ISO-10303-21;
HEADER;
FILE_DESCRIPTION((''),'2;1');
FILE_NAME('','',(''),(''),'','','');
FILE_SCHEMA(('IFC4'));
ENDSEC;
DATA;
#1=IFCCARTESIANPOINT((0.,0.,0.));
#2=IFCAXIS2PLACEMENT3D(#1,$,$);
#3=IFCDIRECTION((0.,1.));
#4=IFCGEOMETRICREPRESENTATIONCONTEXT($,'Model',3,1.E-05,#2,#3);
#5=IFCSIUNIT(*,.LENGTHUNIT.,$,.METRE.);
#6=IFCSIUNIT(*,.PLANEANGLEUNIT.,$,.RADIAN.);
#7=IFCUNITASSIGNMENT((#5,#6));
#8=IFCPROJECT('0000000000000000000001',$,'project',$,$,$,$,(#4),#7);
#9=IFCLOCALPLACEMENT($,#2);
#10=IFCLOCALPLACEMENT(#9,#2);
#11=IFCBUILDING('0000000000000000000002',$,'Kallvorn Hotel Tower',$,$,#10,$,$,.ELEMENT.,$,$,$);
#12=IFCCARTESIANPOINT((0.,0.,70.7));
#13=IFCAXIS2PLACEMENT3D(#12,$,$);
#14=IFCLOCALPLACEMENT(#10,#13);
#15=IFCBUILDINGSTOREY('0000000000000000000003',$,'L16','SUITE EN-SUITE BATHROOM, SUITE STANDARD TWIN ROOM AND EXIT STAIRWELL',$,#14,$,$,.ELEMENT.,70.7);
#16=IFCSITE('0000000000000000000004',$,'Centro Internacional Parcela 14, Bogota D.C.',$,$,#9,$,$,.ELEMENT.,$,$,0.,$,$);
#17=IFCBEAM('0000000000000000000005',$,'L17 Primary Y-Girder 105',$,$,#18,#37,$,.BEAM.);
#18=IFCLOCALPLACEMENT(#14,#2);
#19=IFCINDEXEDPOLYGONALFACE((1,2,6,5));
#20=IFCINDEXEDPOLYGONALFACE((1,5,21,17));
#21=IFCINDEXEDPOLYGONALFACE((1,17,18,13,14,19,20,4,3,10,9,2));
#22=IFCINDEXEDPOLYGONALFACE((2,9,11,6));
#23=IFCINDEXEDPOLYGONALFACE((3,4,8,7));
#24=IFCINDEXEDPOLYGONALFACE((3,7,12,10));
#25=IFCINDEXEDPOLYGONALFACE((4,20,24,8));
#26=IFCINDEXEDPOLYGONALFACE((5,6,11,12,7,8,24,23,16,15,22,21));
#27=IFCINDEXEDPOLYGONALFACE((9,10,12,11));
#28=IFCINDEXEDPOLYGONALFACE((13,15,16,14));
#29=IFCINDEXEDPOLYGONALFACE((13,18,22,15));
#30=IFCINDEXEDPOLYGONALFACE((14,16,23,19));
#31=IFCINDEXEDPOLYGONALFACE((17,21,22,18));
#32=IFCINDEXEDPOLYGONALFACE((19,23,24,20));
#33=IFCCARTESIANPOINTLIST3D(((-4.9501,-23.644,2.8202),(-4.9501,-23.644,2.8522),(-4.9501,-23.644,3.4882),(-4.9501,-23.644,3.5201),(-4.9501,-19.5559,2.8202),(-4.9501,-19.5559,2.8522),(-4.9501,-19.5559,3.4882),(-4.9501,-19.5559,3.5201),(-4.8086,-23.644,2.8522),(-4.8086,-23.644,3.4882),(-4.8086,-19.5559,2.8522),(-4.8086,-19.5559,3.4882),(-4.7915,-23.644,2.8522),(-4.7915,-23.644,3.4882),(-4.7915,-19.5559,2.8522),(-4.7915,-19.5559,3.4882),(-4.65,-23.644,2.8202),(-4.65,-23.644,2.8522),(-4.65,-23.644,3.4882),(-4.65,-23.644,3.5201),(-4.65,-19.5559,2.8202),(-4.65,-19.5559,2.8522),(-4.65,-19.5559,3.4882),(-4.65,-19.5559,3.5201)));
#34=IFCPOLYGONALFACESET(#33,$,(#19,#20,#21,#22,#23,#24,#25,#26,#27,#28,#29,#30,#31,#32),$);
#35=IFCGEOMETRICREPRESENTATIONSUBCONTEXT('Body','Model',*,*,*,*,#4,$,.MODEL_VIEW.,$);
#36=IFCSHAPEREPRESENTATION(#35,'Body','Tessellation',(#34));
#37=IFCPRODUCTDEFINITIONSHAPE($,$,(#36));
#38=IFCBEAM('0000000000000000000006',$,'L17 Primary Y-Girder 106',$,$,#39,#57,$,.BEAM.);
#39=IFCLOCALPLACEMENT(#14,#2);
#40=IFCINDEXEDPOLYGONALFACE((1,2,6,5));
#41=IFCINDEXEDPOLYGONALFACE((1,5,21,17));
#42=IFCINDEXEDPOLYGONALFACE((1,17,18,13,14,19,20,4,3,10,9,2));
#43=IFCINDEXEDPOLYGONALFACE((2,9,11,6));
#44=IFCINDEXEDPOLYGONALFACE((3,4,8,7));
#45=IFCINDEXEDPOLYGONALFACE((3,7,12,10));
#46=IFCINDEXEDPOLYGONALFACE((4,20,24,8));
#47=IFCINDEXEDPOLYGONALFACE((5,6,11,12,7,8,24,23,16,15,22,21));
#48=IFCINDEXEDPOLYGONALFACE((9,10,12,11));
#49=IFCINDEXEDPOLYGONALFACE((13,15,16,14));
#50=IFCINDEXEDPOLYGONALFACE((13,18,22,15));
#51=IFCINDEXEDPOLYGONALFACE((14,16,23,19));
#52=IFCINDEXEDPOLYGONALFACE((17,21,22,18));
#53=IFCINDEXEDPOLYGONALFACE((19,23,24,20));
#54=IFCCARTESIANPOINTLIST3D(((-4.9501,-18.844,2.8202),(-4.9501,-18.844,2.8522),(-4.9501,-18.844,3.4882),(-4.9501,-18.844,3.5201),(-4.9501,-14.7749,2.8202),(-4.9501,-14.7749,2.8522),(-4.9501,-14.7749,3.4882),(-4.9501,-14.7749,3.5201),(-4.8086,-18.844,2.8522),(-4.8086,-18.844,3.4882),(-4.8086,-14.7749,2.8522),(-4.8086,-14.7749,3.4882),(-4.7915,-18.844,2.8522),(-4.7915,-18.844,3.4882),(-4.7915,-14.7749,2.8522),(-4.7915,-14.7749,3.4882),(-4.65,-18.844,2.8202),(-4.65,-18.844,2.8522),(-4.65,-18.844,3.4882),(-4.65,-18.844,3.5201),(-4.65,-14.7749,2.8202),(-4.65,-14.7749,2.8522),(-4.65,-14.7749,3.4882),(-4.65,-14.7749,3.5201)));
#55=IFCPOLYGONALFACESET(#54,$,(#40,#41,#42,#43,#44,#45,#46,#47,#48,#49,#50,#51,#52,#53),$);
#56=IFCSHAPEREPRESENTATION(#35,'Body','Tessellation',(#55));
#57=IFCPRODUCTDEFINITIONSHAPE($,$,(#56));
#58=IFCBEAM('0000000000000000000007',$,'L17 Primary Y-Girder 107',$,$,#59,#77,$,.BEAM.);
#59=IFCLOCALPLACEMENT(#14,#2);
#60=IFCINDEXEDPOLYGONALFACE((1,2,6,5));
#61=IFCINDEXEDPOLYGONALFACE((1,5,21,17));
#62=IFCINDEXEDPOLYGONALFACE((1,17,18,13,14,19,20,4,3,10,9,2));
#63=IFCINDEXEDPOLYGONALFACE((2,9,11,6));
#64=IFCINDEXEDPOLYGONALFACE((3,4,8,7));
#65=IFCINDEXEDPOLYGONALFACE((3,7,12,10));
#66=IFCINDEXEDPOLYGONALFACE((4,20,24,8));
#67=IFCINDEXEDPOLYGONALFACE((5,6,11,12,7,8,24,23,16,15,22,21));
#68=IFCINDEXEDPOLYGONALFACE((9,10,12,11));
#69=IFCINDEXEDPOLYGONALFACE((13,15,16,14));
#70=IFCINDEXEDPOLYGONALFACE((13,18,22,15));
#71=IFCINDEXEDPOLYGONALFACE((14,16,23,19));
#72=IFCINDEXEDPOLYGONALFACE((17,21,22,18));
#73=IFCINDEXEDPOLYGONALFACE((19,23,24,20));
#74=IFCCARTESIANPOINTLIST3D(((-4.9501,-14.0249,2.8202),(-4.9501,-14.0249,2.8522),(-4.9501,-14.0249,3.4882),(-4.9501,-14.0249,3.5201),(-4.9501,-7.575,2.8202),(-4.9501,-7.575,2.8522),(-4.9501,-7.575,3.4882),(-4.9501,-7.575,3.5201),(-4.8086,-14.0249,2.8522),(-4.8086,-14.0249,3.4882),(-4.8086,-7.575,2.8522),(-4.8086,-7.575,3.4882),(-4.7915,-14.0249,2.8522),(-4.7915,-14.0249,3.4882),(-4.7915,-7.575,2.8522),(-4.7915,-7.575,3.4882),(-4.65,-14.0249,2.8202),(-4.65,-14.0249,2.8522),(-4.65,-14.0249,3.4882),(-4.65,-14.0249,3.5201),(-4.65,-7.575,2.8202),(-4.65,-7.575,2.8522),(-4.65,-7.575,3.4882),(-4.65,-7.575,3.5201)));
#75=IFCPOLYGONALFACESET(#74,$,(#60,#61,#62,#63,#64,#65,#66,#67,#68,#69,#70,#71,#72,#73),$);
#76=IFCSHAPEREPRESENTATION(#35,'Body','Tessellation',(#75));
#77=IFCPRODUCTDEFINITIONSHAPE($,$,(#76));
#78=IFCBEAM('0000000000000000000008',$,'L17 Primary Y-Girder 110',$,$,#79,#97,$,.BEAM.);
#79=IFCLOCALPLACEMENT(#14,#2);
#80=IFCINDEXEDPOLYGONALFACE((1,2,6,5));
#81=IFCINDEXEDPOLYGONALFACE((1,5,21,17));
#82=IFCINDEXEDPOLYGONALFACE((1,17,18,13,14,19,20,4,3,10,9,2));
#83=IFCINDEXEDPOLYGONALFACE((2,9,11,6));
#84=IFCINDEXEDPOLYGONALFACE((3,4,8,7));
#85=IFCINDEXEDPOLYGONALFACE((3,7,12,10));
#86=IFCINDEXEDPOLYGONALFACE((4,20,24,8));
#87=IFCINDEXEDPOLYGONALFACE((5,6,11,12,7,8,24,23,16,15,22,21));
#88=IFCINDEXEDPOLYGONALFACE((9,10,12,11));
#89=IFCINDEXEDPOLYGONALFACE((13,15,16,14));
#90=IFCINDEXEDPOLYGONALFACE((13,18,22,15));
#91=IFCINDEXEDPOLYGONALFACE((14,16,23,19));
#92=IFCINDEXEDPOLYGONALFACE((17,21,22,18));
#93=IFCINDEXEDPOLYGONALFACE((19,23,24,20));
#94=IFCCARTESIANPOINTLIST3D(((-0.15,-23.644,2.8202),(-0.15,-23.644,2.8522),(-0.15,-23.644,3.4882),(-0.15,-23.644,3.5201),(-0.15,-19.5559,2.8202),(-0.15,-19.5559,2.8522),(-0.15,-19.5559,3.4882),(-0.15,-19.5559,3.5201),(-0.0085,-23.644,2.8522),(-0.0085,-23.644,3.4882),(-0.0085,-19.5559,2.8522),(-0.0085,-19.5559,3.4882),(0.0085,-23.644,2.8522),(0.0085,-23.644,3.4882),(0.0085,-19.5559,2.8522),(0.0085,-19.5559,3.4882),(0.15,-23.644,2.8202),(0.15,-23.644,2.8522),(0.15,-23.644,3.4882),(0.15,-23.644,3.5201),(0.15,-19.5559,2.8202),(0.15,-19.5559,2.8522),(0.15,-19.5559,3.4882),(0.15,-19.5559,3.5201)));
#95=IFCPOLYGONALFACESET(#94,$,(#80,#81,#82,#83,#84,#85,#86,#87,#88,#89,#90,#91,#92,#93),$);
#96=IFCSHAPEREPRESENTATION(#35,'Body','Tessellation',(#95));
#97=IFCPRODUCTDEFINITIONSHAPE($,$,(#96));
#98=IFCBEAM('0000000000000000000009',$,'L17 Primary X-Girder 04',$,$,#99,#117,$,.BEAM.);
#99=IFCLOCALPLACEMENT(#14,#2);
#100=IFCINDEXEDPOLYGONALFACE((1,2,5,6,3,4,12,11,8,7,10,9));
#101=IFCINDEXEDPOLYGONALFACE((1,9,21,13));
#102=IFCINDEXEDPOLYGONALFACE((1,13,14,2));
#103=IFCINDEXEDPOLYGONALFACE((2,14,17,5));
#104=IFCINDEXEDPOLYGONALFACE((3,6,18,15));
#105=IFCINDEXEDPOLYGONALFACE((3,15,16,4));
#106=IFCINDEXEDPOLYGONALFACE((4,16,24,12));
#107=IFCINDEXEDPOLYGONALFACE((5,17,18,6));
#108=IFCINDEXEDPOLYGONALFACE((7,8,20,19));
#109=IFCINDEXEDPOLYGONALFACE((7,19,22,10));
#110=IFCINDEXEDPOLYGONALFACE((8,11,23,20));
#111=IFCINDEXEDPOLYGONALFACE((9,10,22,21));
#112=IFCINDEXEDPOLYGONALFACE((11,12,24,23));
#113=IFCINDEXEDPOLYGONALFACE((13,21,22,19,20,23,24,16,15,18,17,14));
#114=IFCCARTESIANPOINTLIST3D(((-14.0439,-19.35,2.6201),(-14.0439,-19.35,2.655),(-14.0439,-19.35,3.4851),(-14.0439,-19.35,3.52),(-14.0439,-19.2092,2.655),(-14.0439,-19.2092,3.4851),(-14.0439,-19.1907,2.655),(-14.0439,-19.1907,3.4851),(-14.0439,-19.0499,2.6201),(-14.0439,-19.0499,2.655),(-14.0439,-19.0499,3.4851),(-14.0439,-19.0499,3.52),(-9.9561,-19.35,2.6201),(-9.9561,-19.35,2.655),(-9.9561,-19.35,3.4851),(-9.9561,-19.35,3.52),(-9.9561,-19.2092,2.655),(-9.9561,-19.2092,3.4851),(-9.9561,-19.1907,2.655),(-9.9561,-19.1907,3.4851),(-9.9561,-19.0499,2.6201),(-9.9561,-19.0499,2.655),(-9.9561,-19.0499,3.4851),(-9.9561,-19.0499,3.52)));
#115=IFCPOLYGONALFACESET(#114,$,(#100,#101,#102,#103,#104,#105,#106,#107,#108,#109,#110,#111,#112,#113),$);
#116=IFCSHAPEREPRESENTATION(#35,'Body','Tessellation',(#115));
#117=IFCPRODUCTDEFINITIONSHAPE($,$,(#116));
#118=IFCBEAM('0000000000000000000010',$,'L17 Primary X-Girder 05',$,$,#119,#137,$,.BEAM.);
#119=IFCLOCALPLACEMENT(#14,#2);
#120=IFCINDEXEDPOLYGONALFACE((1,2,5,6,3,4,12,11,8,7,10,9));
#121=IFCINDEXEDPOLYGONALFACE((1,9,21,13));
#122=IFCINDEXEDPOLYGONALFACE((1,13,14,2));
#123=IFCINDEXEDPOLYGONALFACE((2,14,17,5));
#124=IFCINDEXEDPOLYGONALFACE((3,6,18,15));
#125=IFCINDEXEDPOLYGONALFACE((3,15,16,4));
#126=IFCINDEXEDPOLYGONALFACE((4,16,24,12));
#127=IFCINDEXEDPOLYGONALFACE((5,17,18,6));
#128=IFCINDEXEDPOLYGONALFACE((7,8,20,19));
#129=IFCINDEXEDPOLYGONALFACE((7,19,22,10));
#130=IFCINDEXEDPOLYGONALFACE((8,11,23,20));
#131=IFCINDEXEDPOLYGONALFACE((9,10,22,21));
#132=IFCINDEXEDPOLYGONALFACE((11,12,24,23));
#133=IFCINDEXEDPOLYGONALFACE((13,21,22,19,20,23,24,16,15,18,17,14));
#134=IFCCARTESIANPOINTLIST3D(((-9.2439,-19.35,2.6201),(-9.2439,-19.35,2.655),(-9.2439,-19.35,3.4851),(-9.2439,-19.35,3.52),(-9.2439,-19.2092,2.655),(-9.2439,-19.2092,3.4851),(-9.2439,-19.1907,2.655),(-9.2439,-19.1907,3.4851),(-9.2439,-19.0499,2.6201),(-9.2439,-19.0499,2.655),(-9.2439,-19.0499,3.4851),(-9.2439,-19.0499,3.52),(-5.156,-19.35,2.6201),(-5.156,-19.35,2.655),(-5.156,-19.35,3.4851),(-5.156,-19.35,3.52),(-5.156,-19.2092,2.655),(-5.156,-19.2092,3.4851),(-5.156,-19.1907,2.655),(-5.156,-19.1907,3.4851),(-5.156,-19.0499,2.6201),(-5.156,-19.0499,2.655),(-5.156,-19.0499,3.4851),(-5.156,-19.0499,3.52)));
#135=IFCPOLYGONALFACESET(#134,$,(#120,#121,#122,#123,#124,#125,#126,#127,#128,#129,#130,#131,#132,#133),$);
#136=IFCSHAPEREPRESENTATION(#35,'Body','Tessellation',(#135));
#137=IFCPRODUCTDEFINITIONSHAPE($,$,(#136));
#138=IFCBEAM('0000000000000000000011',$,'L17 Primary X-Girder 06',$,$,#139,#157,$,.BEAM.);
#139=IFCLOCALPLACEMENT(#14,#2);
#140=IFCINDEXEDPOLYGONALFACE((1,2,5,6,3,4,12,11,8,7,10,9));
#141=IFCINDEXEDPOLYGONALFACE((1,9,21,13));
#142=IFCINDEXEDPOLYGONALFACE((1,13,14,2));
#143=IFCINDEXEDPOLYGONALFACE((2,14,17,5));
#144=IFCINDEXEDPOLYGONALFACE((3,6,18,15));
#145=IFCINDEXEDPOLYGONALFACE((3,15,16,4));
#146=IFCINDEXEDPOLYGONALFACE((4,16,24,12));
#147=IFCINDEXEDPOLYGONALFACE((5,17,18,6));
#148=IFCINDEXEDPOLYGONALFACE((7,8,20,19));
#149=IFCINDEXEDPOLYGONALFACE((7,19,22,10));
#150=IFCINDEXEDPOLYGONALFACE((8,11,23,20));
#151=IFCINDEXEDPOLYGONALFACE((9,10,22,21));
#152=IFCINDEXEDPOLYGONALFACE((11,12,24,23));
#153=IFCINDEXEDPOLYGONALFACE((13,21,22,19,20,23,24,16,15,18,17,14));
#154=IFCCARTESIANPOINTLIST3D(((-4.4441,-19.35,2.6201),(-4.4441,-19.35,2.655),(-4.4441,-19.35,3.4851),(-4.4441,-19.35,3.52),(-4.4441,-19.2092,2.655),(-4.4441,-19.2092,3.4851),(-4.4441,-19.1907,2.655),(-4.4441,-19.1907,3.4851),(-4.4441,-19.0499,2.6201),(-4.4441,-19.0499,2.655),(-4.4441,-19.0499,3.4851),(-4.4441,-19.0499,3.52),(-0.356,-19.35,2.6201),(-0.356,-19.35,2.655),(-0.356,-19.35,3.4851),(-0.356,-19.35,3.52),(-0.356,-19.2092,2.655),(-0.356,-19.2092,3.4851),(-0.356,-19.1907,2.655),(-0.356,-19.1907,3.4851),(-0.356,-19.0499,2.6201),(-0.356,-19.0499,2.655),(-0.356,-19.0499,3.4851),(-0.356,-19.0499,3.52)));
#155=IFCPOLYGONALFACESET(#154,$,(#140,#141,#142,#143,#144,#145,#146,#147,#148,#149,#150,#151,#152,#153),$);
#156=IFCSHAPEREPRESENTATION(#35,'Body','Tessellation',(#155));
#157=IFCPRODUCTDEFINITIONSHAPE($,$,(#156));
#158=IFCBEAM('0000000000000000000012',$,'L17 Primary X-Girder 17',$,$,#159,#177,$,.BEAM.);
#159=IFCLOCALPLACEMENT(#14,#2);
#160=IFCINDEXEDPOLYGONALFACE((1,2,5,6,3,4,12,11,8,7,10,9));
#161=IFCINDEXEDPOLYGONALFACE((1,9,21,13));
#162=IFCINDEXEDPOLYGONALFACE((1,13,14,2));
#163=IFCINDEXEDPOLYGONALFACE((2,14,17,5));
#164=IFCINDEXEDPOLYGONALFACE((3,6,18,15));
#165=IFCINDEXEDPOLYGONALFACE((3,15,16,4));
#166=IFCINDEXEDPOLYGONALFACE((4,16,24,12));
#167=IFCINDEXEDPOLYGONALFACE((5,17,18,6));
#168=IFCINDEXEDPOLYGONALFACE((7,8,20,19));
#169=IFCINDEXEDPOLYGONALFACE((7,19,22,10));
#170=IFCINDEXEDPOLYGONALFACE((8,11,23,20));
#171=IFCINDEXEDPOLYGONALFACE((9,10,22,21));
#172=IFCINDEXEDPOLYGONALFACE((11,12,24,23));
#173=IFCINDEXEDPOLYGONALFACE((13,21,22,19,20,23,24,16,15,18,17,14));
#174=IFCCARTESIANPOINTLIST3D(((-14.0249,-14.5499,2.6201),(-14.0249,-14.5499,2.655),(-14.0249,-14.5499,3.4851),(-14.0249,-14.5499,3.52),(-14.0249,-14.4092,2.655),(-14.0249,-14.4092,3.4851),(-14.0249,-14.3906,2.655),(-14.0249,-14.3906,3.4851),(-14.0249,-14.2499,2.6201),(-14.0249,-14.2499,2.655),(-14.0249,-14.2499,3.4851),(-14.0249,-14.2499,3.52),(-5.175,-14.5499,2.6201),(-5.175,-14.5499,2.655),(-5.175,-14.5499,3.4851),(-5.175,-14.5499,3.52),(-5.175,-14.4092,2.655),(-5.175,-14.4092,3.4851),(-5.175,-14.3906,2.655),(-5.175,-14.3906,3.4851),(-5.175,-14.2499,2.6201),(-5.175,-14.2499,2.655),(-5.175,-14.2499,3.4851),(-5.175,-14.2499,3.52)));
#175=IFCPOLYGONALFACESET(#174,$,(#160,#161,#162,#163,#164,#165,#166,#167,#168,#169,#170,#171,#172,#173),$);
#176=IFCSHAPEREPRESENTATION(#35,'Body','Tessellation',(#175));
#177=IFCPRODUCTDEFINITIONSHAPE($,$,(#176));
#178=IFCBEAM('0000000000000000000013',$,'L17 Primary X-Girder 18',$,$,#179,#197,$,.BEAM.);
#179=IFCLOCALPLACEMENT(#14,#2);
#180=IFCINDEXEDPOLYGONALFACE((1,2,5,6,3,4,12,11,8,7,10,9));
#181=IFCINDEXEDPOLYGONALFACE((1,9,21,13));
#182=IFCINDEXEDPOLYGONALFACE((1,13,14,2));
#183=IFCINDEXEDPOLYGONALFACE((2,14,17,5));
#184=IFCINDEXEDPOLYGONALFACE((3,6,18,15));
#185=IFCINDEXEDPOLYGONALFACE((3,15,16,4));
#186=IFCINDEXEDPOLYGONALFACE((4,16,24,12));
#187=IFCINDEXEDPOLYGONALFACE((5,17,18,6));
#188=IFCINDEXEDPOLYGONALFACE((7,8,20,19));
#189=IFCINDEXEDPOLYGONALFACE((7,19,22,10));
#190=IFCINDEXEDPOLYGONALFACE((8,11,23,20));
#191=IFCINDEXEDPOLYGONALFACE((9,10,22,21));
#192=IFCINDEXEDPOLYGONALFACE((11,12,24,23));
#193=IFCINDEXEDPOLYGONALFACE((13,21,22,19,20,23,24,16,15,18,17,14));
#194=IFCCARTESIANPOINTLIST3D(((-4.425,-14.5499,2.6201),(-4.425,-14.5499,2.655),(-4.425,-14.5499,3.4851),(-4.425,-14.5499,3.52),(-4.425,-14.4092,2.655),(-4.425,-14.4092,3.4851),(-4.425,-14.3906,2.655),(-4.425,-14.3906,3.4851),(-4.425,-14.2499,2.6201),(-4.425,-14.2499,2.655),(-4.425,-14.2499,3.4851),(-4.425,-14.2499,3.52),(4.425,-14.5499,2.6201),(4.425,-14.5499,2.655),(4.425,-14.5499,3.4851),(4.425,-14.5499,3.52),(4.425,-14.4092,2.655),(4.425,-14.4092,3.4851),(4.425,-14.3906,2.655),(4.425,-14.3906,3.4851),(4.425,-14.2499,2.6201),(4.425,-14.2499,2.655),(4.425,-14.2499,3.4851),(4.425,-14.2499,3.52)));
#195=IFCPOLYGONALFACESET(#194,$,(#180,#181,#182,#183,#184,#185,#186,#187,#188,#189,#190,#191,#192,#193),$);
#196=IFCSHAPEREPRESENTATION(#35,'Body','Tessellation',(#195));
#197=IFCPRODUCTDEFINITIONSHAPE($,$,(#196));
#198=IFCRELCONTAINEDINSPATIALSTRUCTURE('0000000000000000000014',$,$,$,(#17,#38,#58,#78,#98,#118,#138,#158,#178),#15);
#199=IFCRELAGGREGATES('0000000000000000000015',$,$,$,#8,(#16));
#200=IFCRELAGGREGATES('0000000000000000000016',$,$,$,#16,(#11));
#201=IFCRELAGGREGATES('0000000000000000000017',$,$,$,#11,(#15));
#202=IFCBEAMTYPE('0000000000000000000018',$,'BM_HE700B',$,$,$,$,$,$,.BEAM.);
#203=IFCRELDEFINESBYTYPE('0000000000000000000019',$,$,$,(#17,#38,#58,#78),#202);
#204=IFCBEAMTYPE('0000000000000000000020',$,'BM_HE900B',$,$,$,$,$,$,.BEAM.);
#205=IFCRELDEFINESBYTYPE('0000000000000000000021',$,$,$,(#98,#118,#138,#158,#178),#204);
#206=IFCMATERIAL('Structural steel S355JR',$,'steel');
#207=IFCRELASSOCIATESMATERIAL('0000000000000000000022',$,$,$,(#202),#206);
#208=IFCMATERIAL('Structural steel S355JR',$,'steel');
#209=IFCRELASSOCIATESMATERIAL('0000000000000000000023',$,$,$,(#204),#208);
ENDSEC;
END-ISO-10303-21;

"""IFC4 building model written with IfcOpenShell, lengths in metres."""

from ifc_helpers import new_model, si_unit, direction, frame, origin, origin_2d, place, context, subcontext, project, spatial, i_section, extrude, material, material_profile, profile_set, type_object, element, save


model = new_model("IFC4")

# Units and contexts
model_context = context("Model", 3, precision=1e-05, world=origin(), true_north=direction((0.0, 1.0)))
body_context = subcontext(model_context, "Body", "Model", "MODEL_VIEW")
ifc_project = project(units=[si_unit("LENGTHUNIT", "METRE"), si_unit("PLANEANGLEUNIT", "RADIAN")], contexts=[model_context])

# Site, building, storey
site_placement = place(None, origin())
site = spatial("IfcSite", under=ifc_project, at=site_placement, Name="Centro Internacional Parcela 14, Bogota D.C.", CompositionType="ELEMENT", RefElevation=0.0)
building_placement = place(site_placement, origin())
building = spatial("IfcBuilding", under=site, at=building_placement, Name="Kallvorn Hotel Tower", CompositionType="ELEMENT")
storey_placement = place(building_placement, frame((0.0, 0.0, 70.7)))
storey = spatial("IfcBuildingStorey", under=building, at=storey_placement, Name="L16", Description="SUITE EN-SUITE BATHROOM, SUITE STANDARD TWIN ROOM AND EXIT STAIRWELL", CompositionType="ELEMENT", Elevation=70.7)

# Beams
ifc_material_1 = material(Name="Structural steel S355JR", Category="steel")
ifc_material_profile_1 = material_profile(ifc_material_1, i_section(OverallWidth=0.3, OverallDepth=0.7, WebThickness=0.0171, FlangeThickness=0.032, at=origin_2d()), Name="HE 700 B")
ifc_profile_set_1 = profile_set([ifc_material_profile_1], Name="Structural steel S355JR")
beam_type_1 = type_object("IfcBeamType", Name="BM_HE700B", PredefinedType="BEAM", material=ifc_profile_set_1)
for number, where, z_axis, x_axis, name in (
    (1, (-4.8, -23.644, 3.1702), (0.0, 1.0, 0.0), (-1.0, 0.0, 0.0), "L17 Primary Y-Girder 105"),
):
    element("IfcBeam", number, at=place(storey_placement, frame(where, z_axis=z_axis, x_axis=x_axis)), inside=storey, type_object=beam_type_1, Name=name, PredefinedType="BEAM", context=body_context, shape_type="SweptSolid", body=[
        extrude(i_section(OverallWidth=0.3, OverallDepth=0.7, WebThickness=0.0171, FlangeThickness=0.032, at=origin_2d()), origin(), (0.0, 0.0, 1.0), 4.0881),
    ])
beam_1_placement = place(storey_placement, frame((-4.8, -18.844, 3.1702), z_axis=(0.0, 1.0, 0.0), x_axis=(-1.0, 0.0, 0.0)))
element("IfcBeam", 2, at=beam_1_placement, inside=storey, type_object=beam_type_1, Name="L17 Primary Y-Girder 106", PredefinedType="BEAM", context=body_context, shape_type="SweptSolid", body=[
    extrude(i_section(OverallWidth=0.3, OverallDepth=0.7, WebThickness=0.0171, FlangeThickness=0.032, at=origin_2d()), origin(), (0.0, 0.0, 1.0), 4.0691),
])
beam_2_placement = place(storey_placement, frame((-4.8, -14.0249, 3.1702), z_axis=(0.0, 1.0, 0.0), x_axis=(-1.0, 0.0, 0.0)))
element("IfcBeam", 3, at=beam_2_placement, inside=storey, type_object=beam_type_1, Name="L17 Primary Y-Girder 107", PredefinedType="BEAM", context=body_context, shape_type="SweptSolid", body=[
    extrude(i_section(OverallWidth=0.3, OverallDepth=0.7, WebThickness=0.0171, FlangeThickness=0.032, at=origin_2d()), origin(), (0.0, 0.0, 1.0), 6.45),
])
beam_3_placement = place(storey_placement, frame((0.0, -23.644, 3.1702), z_axis=(0.0, 1.0, 0.0), x_axis=(-1.0, 0.0, 0.0)))
element("IfcBeam", 4, at=beam_3_placement, inside=storey, type_object=beam_type_1, Name="L17 Primary Y-Girder 110", PredefinedType="BEAM", context=body_context, shape_type="SweptSolid", body=[
    extrude(i_section(OverallWidth=0.3, OverallDepth=0.7, WebThickness=0.0171, FlangeThickness=0.032, at=origin_2d()), origin(), (0.0, 0.0, 1.0), 4.0881),
])
ifc_material_2 = material(Name="Structural steel S355JR", Category="steel")
ifc_material_profile_2 = material_profile(ifc_material_2, i_section(OverallWidth=0.3, OverallDepth=0.8999, WebThickness=0.0186, FlangeThickness=0.0349, at=origin_2d()), Name="HE 900 B")
ifc_profile_set_2 = profile_set([ifc_material_profile_2], Name="Structural steel S355JR")
beam_type_2 = type_object("IfcBeamType", Name="BM_HE900B", PredefinedType="BEAM", material=ifc_profile_set_2)
for number, where, z_axis, x_axis, name in (
    (5, (-14.0439, -19.2, 3.0701), (1.0, 0.0, 0.0), (0.0, 1.0, 0.0), "L17 Primary X-Girder 04"),
    (6, (-9.2439, -19.2, 3.0701), (1.0, 0.0, 0.0), (0.0, 1.0, 0.0), "L17 Primary X-Girder 05"),
):
    element("IfcBeam", number, at=place(storey_placement, frame(where, z_axis=z_axis, x_axis=x_axis)), inside=storey, type_object=beam_type_2, Name=name, PredefinedType="BEAM", context=body_context, shape_type="SweptSolid", body=[
        extrude(i_section(OverallWidth=0.3, OverallDepth=0.8999, WebThickness=0.0186, FlangeThickness=0.0349, at=origin_2d()), origin(), (0.0, 0.0, 1.0), 4.0879),
    ])
beam_4_placement = place(storey_placement, frame((-4.4441, -19.2, 3.0701), z_axis=(1.0, 0.0, 0.0), x_axis=(0.0, 1.0, 0.0)))
element("IfcBeam", 7, at=beam_4_placement, inside=storey, type_object=beam_type_2, Name="L17 Primary X-Girder 06", PredefinedType="BEAM", context=body_context, shape_type="SweptSolid", body=[
    extrude(i_section(OverallWidth=0.3, OverallDepth=0.8999, WebThickness=0.0186, FlangeThickness=0.0349, at=origin_2d()), origin(), (0.0, 0.0, 1.0), 4.0881),
])
beam_5_placement = place(storey_placement, frame((-14.0249, -14.3999, 3.0701), z_axis=(1.0, 0.0, 0.0), x_axis=(0.0, 1.0, 0.0)))
element("IfcBeam", 8, at=beam_5_placement, inside=storey, type_object=beam_type_2, Name="L17 Primary X-Girder 17", PredefinedType="BEAM", context=body_context, shape_type="SweptSolid", body=[
    extrude(i_section(OverallWidth=0.3, OverallDepth=0.8999, WebThickness=0.0186, FlangeThickness=0.0349, at=origin_2d()), origin(), (0.0, 0.0, 1.0), 8.8499),
])
beam_6_placement = place(storey_placement, frame((-4.425, -14.3999, 3.0701), z_axis=(1.0, 0.0, 0.0), x_axis=(0.0, 1.0, 0.0)))
element("IfcBeam", 9, at=beam_6_placement, inside=storey, type_object=beam_type_2, Name="L17 Primary X-Girder 18", PredefinedType="BEAM", context=body_context, shape_type="SweptSolid", body=[
    extrude(i_section(OverallWidth=0.3, OverallDepth=0.8999, WebThickness=0.0186, FlangeThickness=0.0349, at=origin_2d()), origin(), (0.0, 0.0, 1.0), 8.8501),
])

save(model, "model.ifc")
